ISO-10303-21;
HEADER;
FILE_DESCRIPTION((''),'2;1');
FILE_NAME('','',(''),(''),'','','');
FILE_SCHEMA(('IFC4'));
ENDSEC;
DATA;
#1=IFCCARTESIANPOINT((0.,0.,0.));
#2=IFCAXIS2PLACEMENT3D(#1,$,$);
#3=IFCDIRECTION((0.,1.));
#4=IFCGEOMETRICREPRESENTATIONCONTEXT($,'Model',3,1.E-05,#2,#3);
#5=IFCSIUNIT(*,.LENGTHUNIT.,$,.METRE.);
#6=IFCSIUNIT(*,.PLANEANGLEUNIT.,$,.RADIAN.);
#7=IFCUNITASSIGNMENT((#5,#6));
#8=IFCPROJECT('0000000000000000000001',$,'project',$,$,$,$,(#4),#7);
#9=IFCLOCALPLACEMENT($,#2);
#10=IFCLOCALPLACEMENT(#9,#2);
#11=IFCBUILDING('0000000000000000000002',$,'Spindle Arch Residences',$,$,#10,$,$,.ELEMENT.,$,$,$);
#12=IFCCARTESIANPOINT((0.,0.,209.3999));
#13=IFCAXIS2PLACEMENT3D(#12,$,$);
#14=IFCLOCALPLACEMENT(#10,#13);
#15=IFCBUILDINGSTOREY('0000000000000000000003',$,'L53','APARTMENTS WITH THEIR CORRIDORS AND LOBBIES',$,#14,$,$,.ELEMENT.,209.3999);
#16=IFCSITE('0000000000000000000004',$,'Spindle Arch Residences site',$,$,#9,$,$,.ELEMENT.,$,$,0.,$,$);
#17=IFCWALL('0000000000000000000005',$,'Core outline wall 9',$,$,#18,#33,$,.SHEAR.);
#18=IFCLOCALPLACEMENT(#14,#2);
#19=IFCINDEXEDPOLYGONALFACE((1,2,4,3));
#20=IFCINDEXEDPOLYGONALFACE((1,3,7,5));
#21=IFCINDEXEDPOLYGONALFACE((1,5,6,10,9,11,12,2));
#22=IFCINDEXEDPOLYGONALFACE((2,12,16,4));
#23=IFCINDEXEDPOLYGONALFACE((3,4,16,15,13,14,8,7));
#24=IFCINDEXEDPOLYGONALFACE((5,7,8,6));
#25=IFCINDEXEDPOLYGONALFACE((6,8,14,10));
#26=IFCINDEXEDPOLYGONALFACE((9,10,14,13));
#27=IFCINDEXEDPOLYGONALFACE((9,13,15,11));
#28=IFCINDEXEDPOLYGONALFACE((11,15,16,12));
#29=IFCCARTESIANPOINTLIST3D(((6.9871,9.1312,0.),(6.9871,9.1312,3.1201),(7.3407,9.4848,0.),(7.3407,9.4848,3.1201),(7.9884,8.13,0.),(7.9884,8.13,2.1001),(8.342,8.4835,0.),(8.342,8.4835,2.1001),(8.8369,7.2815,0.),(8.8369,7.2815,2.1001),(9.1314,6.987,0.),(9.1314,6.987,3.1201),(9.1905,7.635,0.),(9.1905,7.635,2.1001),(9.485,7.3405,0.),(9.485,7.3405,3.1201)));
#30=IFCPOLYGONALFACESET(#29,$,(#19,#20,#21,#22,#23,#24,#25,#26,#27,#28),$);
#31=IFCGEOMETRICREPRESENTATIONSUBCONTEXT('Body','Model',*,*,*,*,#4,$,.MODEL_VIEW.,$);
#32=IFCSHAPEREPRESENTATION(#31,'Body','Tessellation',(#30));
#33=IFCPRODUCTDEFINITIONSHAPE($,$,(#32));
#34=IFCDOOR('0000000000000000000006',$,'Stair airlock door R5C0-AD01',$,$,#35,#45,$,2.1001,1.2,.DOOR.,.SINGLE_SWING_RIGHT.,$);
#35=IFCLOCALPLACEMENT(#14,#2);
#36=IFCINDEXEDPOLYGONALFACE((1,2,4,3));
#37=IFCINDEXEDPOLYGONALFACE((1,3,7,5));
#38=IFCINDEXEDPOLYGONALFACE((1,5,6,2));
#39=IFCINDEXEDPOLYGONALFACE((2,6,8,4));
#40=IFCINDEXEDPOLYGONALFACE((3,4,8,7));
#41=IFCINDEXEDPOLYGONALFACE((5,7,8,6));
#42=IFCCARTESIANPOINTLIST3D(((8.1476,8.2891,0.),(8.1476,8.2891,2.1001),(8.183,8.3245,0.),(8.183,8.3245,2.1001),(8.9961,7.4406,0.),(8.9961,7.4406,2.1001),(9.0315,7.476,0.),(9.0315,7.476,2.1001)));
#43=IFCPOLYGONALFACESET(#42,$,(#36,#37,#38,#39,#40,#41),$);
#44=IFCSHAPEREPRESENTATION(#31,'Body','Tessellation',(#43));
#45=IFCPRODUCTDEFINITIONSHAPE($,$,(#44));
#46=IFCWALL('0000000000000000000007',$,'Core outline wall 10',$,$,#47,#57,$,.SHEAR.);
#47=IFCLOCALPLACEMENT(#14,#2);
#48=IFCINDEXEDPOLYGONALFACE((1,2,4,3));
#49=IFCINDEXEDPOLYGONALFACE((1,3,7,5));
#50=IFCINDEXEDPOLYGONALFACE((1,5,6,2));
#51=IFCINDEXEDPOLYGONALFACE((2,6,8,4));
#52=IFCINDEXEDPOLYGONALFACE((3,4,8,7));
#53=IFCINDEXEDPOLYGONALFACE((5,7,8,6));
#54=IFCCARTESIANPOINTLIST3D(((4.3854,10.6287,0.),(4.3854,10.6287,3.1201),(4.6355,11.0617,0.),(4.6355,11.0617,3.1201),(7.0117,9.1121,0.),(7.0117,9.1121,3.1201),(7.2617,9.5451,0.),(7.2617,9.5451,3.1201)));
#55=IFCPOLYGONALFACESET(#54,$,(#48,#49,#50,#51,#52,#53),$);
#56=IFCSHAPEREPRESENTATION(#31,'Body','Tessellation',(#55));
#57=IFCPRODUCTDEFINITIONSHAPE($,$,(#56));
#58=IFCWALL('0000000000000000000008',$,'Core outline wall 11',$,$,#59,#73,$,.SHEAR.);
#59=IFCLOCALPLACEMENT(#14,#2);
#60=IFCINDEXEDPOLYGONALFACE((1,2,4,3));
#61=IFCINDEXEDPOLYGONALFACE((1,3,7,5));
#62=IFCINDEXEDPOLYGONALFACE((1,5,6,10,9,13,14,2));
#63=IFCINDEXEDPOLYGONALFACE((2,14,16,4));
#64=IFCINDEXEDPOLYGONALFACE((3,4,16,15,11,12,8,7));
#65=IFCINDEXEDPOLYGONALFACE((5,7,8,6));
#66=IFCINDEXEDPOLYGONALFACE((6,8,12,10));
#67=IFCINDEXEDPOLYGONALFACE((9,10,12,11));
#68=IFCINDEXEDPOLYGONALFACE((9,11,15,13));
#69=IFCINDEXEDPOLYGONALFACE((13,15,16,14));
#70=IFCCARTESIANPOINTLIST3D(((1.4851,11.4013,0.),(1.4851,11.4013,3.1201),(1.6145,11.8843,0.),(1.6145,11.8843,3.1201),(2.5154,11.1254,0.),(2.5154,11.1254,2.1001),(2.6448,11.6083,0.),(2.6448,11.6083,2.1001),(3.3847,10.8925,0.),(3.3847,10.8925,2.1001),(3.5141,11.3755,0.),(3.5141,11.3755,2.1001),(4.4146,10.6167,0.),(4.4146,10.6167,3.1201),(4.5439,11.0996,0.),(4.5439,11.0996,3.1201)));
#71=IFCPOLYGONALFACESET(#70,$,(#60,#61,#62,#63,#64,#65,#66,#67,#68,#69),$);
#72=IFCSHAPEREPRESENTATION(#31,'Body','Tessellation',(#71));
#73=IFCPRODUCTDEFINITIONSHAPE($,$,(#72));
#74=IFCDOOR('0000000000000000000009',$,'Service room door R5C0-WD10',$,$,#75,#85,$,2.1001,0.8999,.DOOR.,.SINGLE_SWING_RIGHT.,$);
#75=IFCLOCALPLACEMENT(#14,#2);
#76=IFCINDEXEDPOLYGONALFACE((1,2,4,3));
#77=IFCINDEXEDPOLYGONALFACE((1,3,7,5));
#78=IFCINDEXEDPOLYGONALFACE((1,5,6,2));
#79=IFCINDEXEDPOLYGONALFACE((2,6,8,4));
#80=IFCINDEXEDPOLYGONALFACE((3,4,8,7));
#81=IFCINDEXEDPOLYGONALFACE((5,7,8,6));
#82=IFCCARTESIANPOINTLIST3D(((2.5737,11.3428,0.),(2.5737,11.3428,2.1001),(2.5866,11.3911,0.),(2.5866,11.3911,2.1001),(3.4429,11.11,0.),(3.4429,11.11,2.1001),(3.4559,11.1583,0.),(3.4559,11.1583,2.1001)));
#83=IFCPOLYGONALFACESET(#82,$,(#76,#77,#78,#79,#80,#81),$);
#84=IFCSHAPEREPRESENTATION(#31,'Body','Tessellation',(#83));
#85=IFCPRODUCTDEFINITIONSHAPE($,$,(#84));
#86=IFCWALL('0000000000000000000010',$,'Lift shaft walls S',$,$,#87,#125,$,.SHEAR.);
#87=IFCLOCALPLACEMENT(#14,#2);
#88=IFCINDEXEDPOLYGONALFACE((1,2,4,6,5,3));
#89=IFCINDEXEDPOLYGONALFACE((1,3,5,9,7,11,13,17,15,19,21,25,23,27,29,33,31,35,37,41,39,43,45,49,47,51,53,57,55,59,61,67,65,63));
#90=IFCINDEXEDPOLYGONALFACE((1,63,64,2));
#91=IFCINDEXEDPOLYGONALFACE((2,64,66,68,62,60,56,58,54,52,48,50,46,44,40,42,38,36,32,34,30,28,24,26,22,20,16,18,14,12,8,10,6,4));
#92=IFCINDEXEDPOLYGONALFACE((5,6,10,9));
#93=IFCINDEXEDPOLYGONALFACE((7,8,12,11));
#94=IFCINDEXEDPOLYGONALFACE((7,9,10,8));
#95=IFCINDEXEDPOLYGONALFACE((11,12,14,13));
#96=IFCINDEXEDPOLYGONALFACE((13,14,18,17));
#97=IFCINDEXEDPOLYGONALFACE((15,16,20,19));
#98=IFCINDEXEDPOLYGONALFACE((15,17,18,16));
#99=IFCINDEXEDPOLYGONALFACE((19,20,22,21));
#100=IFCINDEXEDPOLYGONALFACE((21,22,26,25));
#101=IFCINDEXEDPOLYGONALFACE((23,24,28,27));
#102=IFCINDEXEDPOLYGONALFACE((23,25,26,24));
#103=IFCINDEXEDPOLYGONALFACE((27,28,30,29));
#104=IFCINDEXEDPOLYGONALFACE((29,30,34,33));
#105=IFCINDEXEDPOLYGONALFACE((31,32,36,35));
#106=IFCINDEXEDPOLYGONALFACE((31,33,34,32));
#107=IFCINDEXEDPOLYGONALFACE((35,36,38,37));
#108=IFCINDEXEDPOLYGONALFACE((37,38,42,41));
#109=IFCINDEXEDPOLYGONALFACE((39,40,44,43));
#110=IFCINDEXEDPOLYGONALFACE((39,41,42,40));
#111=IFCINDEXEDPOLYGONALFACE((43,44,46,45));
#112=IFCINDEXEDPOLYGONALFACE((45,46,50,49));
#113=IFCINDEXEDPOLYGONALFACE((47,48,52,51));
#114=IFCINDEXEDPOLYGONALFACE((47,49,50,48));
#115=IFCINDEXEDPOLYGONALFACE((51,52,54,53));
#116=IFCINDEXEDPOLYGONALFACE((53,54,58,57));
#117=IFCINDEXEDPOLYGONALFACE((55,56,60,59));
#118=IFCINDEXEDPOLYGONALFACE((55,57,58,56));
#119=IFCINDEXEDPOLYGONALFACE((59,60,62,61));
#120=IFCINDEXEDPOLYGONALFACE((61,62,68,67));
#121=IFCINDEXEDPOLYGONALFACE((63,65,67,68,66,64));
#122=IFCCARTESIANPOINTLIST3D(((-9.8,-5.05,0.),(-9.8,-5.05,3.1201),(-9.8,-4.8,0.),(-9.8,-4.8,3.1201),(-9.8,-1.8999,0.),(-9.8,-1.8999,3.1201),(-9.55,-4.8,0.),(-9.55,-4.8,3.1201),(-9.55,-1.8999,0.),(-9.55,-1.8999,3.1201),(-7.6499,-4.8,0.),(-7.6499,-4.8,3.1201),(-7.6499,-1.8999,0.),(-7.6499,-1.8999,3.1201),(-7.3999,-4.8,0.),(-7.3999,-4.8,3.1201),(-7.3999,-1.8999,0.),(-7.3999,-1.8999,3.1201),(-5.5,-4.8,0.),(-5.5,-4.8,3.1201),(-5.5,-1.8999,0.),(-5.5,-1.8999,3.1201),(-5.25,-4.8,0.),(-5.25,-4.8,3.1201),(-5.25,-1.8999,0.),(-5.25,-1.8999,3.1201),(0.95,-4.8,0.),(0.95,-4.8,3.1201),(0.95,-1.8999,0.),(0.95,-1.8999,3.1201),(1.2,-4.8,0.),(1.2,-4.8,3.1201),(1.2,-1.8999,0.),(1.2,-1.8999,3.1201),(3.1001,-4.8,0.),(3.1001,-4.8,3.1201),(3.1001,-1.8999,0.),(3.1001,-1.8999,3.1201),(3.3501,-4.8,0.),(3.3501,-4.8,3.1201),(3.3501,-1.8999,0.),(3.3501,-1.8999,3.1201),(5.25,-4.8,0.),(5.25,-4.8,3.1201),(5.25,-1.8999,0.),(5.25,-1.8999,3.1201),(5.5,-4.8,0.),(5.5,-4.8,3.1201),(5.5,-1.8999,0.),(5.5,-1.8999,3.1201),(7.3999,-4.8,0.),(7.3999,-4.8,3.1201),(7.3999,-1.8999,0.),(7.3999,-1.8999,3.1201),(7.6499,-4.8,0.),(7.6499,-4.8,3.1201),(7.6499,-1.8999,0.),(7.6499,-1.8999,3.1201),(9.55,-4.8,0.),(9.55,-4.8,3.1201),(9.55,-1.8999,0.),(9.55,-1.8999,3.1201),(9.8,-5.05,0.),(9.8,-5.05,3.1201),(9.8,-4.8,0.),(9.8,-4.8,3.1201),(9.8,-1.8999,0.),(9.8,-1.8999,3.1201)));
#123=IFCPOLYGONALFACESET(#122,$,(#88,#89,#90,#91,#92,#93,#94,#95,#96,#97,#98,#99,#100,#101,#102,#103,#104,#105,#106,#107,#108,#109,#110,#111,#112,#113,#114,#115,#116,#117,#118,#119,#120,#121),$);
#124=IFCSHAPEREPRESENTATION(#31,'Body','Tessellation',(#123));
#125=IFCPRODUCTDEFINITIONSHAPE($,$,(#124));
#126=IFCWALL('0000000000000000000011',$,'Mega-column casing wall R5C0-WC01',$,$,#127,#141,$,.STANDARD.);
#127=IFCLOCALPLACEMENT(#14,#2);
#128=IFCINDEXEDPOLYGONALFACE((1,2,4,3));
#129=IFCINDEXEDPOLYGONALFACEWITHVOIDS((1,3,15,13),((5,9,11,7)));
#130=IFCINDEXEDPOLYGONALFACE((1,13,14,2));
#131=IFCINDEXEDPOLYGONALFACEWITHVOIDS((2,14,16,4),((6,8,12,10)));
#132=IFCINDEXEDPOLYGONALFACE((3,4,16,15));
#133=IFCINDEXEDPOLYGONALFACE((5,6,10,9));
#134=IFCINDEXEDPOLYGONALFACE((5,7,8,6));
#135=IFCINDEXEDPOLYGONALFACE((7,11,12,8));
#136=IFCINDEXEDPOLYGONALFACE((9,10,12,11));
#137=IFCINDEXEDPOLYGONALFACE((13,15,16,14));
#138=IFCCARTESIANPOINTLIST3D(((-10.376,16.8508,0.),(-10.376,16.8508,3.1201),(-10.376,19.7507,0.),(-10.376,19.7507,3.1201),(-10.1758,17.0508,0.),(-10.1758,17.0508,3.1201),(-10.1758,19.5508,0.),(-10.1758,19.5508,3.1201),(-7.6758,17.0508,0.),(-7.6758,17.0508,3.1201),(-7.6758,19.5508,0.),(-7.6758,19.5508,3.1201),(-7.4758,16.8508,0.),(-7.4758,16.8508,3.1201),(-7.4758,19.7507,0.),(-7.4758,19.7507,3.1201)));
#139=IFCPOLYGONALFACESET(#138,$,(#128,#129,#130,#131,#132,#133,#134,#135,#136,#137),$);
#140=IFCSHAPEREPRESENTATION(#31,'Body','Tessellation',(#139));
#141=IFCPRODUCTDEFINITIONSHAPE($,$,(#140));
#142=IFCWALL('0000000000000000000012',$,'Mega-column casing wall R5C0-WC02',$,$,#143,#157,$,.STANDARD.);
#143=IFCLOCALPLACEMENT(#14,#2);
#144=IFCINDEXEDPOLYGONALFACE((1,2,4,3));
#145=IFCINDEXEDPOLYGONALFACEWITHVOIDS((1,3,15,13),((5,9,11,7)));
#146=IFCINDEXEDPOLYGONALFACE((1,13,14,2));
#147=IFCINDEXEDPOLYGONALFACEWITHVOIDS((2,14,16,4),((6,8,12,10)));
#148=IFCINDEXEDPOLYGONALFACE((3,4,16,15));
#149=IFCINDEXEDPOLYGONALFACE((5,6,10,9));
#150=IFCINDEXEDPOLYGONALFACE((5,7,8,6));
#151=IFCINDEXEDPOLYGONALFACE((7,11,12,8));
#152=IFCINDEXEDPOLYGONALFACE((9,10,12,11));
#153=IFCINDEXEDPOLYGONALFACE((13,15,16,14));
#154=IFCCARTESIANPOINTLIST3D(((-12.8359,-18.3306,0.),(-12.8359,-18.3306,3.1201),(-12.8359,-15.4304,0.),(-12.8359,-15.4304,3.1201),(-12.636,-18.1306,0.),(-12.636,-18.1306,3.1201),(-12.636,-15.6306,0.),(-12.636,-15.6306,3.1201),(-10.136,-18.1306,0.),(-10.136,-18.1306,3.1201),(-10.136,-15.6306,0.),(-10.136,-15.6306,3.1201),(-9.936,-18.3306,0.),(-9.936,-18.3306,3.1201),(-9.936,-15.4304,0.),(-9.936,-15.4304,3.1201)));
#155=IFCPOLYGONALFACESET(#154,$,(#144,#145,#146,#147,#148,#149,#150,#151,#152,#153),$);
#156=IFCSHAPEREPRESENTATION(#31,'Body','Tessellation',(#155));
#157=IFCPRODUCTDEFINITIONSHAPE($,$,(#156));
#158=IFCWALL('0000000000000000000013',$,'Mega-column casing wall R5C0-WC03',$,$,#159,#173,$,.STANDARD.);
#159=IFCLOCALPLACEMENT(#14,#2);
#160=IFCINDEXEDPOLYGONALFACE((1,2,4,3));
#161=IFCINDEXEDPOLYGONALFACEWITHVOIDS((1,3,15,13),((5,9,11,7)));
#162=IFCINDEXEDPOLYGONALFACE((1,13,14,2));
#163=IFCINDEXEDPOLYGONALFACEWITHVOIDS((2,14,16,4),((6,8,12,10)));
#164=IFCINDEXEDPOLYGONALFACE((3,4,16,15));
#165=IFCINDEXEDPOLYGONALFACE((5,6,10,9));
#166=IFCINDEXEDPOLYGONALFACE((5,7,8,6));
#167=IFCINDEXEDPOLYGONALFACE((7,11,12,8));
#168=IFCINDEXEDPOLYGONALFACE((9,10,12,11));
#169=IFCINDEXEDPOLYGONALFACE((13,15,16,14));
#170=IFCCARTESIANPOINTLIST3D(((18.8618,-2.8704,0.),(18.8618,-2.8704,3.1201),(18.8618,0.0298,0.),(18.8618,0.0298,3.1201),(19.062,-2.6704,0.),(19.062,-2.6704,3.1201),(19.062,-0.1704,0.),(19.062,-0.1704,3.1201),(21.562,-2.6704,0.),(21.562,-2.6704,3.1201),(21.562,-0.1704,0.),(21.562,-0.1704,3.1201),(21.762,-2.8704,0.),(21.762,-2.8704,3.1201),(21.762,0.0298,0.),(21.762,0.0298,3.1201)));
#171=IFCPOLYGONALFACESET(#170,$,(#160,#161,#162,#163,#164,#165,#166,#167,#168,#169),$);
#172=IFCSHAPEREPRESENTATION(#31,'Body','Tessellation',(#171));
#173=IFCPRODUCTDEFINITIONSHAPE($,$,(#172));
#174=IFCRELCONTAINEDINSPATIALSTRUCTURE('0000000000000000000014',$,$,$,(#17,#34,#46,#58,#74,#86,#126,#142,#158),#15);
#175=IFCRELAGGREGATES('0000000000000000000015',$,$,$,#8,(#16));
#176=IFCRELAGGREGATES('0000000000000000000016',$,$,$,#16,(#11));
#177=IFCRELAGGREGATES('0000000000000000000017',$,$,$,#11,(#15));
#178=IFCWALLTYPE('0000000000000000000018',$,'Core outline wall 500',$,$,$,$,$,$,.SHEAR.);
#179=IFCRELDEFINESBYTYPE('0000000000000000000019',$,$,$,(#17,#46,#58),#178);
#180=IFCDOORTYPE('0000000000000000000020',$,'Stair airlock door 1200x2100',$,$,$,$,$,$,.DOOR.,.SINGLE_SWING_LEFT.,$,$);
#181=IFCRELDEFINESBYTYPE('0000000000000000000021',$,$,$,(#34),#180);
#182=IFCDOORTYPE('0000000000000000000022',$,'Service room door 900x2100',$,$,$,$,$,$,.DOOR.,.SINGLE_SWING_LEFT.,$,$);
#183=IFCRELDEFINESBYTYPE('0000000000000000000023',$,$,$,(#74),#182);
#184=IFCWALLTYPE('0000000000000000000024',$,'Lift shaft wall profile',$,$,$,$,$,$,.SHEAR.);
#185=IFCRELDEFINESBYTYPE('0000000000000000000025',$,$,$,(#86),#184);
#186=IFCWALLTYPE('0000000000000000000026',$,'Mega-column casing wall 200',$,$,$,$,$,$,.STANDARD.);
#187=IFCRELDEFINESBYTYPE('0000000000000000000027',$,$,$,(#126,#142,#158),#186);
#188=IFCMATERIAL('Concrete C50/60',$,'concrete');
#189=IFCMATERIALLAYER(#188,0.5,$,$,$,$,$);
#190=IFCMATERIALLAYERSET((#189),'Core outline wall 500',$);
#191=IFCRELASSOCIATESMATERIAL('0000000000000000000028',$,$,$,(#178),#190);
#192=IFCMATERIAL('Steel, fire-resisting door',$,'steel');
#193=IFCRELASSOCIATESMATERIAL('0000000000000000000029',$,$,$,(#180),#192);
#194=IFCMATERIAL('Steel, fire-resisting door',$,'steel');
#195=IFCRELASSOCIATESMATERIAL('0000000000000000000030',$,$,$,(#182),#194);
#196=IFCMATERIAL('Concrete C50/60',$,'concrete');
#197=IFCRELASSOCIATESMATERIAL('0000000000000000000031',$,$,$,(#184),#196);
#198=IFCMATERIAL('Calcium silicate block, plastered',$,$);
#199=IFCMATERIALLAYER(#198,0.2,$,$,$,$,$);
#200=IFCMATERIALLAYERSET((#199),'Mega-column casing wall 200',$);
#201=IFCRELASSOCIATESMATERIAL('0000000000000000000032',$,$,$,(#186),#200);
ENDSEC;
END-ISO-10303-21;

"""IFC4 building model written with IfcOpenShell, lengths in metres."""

from ifc_helpers import new_model, si_unit, direction, frame, frame_2d, origin, place, context, subcontext, project, spatial, polyline, rectangle, outline, extrude, material, layer, layer_set, type_object, element, fill, save


model = new_model("IFC4")

# Units and contexts
model_context = context("Model", 3, precision=1e-05, world=origin(), true_north=direction((0.0, 1.0)))
body_context = subcontext(model_context, "Body", "Model", "MODEL_VIEW")
ifc_project = project(units=[si_unit("LENGTHUNIT", "METRE"), si_unit("PLANEANGLEUNIT", "RADIAN")], contexts=[model_context])

# Site, building, storey
site_placement = place(None, origin())
site = spatial("IfcSite", under=ifc_project, at=site_placement, Name="Spindle Arch Residences site", CompositionType="ELEMENT", RefElevation=0.0)
building_placement = place(site_placement, origin())
building = spatial("IfcBuilding", under=site, at=building_placement, Name="Spindle Arch Residences", CompositionType="ELEMENT")
storey_placement = place(building_placement, frame((0.0, 0.0, 209.3999)))
storey = spatial("IfcBuildingStorey", under=building, at=storey_placement, Name="L53", Description="APARTMENTS WITH THEIR CORRIDORS AND LOBBIES", CompositionType="ELEMENT", Elevation=209.3999)

# Wall, opening, door
ifc_material_1 = material(Name="Concrete C50/60", Category="concrete")
ifc_layer_1 = layer(ifc_material_1, 0.5)
ifc_layer_set_1 = layer_set([ifc_layer_1], Name="Core outline wall 500")
wall_type_1 = type_object("IfcWallType", Name="Core outline wall 500", PredefinedType="SHEAR", material=ifc_layer_set_1)
wall_1_placement = place(storey_placement, frame((9.3081, 7.1638, 0.0), z_axis=(0.0, 0.0, 1.0), x_axis=(-0.707107, 0.707107, 0.0)))
wall_1 = element("IfcWall", 1, at=wall_1_placement, inside=storey, type_object=wall_type_1, Name="Core outline wall 9", PredefinedType="SHEAR", context=body_context, shape_type="SweptSolid", body=[
    extrude(rectangle(XDim=3.0325, YDim=0.5, at=frame_2d((1.5161, 0.0))), origin(), (0.0, 0.0, 1.0), 3.1201),
])
opening_1_placement = place(wall_1_placement, frame((0.4163, 0.0, 0.0)))
opening_1 = element("IfcOpeningElement", 2, at=opening_1_placement, cuts=wall_1, PredefinedType="OPENING", context=body_context, shape_type="SweptSolid", body=[
    extrude(rectangle(XDim=1.2, YDim=2.1001, at=frame_2d((0.6001, 1.05))), frame((0.0, 0.26, 0.0), z_axis=(0.0, -1.0, 0.0), x_axis=(1.0, 0.0, 0.0)), (0.0, 0.0, 1.0), 0.52),
])
ifc_material_2 = material(Name="Steel, fire-resisting door", Category="steel")
door_type_1 = type_object("IfcDoorType", Name="Stair airlock door 1200x2100", OperationType="SINGLE_SWING_LEFT", PredefinedType="DOOR", material=ifc_material_2)
door_1_placement = place(opening_1_placement, origin())
door_1 = element("IfcDoor", 3, at=door_1_placement, inside=storey, type_object=door_type_1, Name="Stair airlock door R5C0-AD01", OperationType="SINGLE_SWING_RIGHT", OverallHeight=2.1001, OverallWidth=1.2, PredefinedType="DOOR", context=body_context, shape_type="SweptSolid", body=[
    extrude(rectangle(XDim=1.2, YDim=2.1001, at=frame_2d((0.6001, 1.05))), frame((0.0, 0.0249, 0.0), z_axis=(0.0, -1.0, 0.0), x_axis=(1.0, 0.0, 0.0)), (0.0, 0.0, 1.0), 0.05),
])
fill(opening_1, door_1)

# Wall
wall_2_placement = place(storey_placement, frame((7.1367, 9.3286, 0.0), z_axis=(0.0, 0.0, 1.0), x_axis=(-0.865975, 0.500087, 0.0)))
element("IfcWall", 4, at=wall_2_placement, inside=storey, type_object=wall_type_1, Name="Core outline wall 10", PredefinedType="SHEAR", context=body_context, shape_type="SweptSolid", body=[
    extrude(rectangle(XDim=3.0327, YDim=0.5, at=frame_2d((1.5164, 0.0))), origin(), (0.0, 0.0, 1.0), 3.1201),
])

# Wall, opening, door
wall_3_placement = place(storey_placement, frame((4.4792, 10.8582, 0.0), z_axis=(0.0, 0.0, 1.0), x_axis=(-0.965948, 0.258735, 0.0)))
wall_3 = element("IfcWall", 5, at=wall_3_placement, inside=storey, type_object=wall_type_1, Name="Core outline wall 11", PredefinedType="SHEAR", context=body_context, shape_type="SweptSolid", body=[
    extrude(rectangle(XDim=3.0327, YDim=0.5, at=frame_2d((1.5164, 0.0))), origin(), (0.0, 0.0, 1.0), 3.1201),
])
opening_2_placement = place(wall_3_placement, frame((1.0662, 0.0, 0.0)))
opening_2 = element("IfcOpeningElement", 6, at=opening_2_placement, cuts=wall_3, PredefinedType="OPENING", context=body_context, shape_type="SweptSolid", body=[
    extrude(rectangle(XDim=0.8999, YDim=2.1001, at=frame_2d((0.45, 1.05))), frame((0.0, 0.26, 0.0), z_axis=(0.0, -1.0, 0.0), x_axis=(1.0, 0.0, 0.0)), (0.0, 0.0, 1.0), 0.52),
])
ifc_material_3 = material(Name="Steel, fire-resisting door", Category="steel")
door_type_2 = type_object("IfcDoorType", Name="Service room door 900x2100", OperationType="SINGLE_SWING_LEFT", PredefinedType="DOOR", material=ifc_material_3)
door_2_placement = place(opening_2_placement, origin())
door_2 = element("IfcDoor", 7, at=door_2_placement, inside=storey, type_object=door_type_2, Name="Service room door R5C0-WD10", OperationType="SINGLE_SWING_RIGHT", OverallHeight=2.1001, OverallWidth=0.8999, PredefinedType="DOOR", context=body_context, shape_type="SweptSolid", body=[
    extrude(rectangle(XDim=0.8999, YDim=2.1001, at=frame_2d((0.45, 1.05))), frame((0.0, 0.0249, 0.0), z_axis=(0.0, -1.0, 0.0), x_axis=(1.0, 0.0, 0.0)), (0.0, 0.0, 1.0), 0.05),
])
fill(opening_2, door_2)

# Walls
ifc_material_4 = material(Name="Concrete C50/60", Category="concrete")
wall_type_2 = type_object("IfcWallType", Name="Lift shaft wall profile", PredefinedType="SHEAR", material=ifc_material_4)
wall_4_placement = place(storey_placement, origin())
element("IfcWall", 8, at=wall_4_placement, inside=storey, type_object=wall_type_2, Name="Lift shaft walls S", PredefinedType="SHEAR", context=body_context, shape_type="SweptSolid", body=[
    extrude(outline(polyline([(9.8, -5.05), (9.8, -4.8), (9.8, -1.8999), (9.55, -1.8999), (9.55, -4.8), (7.6499, -4.8), (7.6499, -1.8999), (7.3999, -1.8999), (7.3999, -4.8), (5.5, -4.8), (5.5, -1.8999), (5.25, -1.8999), (5.25, -4.8), (3.3501, -4.8), (3.3501, -1.8999), (3.1001, -1.8999), (3.1001, -4.8), (1.2, -4.8), (1.2, -1.8999), (0.95, -1.8999), (0.95, -4.8), (-5.25, -4.8), (-5.25, -1.8999), (-5.5, -1.8999), (-5.5, -4.8), (-7.3999, -4.8), (-7.3999, -1.8999), (-7.6499, -1.8999), (-7.6499, -4.8), (-9.55, -4.8), (-9.55, -1.8999), (-9.8, -1.8999), (-9.8, -4.8), (-9.8, -5.05), (9.8, -5.05)])), origin(), (0.0, 0.0, 1.0), 3.1201),
])
ifc_material_5 = material(Name="Calcium silicate block, plastered")
ifc_layer_2 = layer(ifc_material_5, 0.2)
ifc_layer_set_2 = layer_set([ifc_layer_2], Name="Mega-column casing wall 200")
wall_type_3 = type_object("IfcWallType", Name="Mega-column casing wall 200", PredefinedType="STANDARD", material=ifc_layer_set_2)
wall_5_placement = place(storey_placement, origin())
element("IfcWall", 9, at=wall_5_placement, inside=storey, type_object=wall_type_3, Name="Mega-column casing wall R5C0-WC01", PredefinedType="STANDARD", context=body_context, shape_type="SweptSolid", body=[
    extrude(outline(polyline([(-7.4758, 19.7507), (-7.4758, 16.8508), (-10.376, 16.8508), (-10.376, 19.7507), (-7.4758, 19.7507)]), holes=[polyline([(-10.1758, 17.0508), (-7.6758, 17.0508), (-7.6758, 19.5508), (-10.1758, 19.5508), (-10.1758, 17.0508)])]), origin(), (0.0, 0.0, 1.0), 3.1201),
])
wall_6_placement = place(storey_placement, origin())
element("IfcWall", 10, at=wall_6_placement, inside=storey, type_object=wall_type_3, Name="Mega-column casing wall R5C0-WC02", PredefinedType="STANDARD", context=body_context, shape_type="SweptSolid", body=[
    extrude(outline(polyline([(-9.936, -15.4304), (-9.936, -18.3306), (-12.8359, -18.3306), (-12.8359, -15.4304), (-9.936, -15.4304)]), holes=[polyline([(-12.636, -18.1306), (-10.136, -18.1306), (-10.136, -15.6306), (-12.636, -15.6306), (-12.636, -18.1306)])]), origin(), (0.0, 0.0, 1.0), 3.1201),
])
wall_7_placement = place(storey_placement, origin())
element("IfcWall", 11, at=wall_7_placement, inside=storey, type_object=wall_type_3, Name="Mega-column casing wall R5C0-WC03", PredefinedType="STANDARD", context=body_context, shape_type="SweptSolid", body=[
    extrude(outline(polyline([(21.762, 0.0298), (21.762, -2.8704), (18.8618, -2.8704), (18.8618, 0.0298), (21.762, 0.0298)]), holes=[polyline([(19.062, -2.6704), (21.562, -2.6704), (21.562, -0.1704), (19.062, -0.1704), (19.062, -2.6704)])]), origin(), (0.0, 0.0, 1.0), 3.1201),
])

save(model, "model.ifc")
